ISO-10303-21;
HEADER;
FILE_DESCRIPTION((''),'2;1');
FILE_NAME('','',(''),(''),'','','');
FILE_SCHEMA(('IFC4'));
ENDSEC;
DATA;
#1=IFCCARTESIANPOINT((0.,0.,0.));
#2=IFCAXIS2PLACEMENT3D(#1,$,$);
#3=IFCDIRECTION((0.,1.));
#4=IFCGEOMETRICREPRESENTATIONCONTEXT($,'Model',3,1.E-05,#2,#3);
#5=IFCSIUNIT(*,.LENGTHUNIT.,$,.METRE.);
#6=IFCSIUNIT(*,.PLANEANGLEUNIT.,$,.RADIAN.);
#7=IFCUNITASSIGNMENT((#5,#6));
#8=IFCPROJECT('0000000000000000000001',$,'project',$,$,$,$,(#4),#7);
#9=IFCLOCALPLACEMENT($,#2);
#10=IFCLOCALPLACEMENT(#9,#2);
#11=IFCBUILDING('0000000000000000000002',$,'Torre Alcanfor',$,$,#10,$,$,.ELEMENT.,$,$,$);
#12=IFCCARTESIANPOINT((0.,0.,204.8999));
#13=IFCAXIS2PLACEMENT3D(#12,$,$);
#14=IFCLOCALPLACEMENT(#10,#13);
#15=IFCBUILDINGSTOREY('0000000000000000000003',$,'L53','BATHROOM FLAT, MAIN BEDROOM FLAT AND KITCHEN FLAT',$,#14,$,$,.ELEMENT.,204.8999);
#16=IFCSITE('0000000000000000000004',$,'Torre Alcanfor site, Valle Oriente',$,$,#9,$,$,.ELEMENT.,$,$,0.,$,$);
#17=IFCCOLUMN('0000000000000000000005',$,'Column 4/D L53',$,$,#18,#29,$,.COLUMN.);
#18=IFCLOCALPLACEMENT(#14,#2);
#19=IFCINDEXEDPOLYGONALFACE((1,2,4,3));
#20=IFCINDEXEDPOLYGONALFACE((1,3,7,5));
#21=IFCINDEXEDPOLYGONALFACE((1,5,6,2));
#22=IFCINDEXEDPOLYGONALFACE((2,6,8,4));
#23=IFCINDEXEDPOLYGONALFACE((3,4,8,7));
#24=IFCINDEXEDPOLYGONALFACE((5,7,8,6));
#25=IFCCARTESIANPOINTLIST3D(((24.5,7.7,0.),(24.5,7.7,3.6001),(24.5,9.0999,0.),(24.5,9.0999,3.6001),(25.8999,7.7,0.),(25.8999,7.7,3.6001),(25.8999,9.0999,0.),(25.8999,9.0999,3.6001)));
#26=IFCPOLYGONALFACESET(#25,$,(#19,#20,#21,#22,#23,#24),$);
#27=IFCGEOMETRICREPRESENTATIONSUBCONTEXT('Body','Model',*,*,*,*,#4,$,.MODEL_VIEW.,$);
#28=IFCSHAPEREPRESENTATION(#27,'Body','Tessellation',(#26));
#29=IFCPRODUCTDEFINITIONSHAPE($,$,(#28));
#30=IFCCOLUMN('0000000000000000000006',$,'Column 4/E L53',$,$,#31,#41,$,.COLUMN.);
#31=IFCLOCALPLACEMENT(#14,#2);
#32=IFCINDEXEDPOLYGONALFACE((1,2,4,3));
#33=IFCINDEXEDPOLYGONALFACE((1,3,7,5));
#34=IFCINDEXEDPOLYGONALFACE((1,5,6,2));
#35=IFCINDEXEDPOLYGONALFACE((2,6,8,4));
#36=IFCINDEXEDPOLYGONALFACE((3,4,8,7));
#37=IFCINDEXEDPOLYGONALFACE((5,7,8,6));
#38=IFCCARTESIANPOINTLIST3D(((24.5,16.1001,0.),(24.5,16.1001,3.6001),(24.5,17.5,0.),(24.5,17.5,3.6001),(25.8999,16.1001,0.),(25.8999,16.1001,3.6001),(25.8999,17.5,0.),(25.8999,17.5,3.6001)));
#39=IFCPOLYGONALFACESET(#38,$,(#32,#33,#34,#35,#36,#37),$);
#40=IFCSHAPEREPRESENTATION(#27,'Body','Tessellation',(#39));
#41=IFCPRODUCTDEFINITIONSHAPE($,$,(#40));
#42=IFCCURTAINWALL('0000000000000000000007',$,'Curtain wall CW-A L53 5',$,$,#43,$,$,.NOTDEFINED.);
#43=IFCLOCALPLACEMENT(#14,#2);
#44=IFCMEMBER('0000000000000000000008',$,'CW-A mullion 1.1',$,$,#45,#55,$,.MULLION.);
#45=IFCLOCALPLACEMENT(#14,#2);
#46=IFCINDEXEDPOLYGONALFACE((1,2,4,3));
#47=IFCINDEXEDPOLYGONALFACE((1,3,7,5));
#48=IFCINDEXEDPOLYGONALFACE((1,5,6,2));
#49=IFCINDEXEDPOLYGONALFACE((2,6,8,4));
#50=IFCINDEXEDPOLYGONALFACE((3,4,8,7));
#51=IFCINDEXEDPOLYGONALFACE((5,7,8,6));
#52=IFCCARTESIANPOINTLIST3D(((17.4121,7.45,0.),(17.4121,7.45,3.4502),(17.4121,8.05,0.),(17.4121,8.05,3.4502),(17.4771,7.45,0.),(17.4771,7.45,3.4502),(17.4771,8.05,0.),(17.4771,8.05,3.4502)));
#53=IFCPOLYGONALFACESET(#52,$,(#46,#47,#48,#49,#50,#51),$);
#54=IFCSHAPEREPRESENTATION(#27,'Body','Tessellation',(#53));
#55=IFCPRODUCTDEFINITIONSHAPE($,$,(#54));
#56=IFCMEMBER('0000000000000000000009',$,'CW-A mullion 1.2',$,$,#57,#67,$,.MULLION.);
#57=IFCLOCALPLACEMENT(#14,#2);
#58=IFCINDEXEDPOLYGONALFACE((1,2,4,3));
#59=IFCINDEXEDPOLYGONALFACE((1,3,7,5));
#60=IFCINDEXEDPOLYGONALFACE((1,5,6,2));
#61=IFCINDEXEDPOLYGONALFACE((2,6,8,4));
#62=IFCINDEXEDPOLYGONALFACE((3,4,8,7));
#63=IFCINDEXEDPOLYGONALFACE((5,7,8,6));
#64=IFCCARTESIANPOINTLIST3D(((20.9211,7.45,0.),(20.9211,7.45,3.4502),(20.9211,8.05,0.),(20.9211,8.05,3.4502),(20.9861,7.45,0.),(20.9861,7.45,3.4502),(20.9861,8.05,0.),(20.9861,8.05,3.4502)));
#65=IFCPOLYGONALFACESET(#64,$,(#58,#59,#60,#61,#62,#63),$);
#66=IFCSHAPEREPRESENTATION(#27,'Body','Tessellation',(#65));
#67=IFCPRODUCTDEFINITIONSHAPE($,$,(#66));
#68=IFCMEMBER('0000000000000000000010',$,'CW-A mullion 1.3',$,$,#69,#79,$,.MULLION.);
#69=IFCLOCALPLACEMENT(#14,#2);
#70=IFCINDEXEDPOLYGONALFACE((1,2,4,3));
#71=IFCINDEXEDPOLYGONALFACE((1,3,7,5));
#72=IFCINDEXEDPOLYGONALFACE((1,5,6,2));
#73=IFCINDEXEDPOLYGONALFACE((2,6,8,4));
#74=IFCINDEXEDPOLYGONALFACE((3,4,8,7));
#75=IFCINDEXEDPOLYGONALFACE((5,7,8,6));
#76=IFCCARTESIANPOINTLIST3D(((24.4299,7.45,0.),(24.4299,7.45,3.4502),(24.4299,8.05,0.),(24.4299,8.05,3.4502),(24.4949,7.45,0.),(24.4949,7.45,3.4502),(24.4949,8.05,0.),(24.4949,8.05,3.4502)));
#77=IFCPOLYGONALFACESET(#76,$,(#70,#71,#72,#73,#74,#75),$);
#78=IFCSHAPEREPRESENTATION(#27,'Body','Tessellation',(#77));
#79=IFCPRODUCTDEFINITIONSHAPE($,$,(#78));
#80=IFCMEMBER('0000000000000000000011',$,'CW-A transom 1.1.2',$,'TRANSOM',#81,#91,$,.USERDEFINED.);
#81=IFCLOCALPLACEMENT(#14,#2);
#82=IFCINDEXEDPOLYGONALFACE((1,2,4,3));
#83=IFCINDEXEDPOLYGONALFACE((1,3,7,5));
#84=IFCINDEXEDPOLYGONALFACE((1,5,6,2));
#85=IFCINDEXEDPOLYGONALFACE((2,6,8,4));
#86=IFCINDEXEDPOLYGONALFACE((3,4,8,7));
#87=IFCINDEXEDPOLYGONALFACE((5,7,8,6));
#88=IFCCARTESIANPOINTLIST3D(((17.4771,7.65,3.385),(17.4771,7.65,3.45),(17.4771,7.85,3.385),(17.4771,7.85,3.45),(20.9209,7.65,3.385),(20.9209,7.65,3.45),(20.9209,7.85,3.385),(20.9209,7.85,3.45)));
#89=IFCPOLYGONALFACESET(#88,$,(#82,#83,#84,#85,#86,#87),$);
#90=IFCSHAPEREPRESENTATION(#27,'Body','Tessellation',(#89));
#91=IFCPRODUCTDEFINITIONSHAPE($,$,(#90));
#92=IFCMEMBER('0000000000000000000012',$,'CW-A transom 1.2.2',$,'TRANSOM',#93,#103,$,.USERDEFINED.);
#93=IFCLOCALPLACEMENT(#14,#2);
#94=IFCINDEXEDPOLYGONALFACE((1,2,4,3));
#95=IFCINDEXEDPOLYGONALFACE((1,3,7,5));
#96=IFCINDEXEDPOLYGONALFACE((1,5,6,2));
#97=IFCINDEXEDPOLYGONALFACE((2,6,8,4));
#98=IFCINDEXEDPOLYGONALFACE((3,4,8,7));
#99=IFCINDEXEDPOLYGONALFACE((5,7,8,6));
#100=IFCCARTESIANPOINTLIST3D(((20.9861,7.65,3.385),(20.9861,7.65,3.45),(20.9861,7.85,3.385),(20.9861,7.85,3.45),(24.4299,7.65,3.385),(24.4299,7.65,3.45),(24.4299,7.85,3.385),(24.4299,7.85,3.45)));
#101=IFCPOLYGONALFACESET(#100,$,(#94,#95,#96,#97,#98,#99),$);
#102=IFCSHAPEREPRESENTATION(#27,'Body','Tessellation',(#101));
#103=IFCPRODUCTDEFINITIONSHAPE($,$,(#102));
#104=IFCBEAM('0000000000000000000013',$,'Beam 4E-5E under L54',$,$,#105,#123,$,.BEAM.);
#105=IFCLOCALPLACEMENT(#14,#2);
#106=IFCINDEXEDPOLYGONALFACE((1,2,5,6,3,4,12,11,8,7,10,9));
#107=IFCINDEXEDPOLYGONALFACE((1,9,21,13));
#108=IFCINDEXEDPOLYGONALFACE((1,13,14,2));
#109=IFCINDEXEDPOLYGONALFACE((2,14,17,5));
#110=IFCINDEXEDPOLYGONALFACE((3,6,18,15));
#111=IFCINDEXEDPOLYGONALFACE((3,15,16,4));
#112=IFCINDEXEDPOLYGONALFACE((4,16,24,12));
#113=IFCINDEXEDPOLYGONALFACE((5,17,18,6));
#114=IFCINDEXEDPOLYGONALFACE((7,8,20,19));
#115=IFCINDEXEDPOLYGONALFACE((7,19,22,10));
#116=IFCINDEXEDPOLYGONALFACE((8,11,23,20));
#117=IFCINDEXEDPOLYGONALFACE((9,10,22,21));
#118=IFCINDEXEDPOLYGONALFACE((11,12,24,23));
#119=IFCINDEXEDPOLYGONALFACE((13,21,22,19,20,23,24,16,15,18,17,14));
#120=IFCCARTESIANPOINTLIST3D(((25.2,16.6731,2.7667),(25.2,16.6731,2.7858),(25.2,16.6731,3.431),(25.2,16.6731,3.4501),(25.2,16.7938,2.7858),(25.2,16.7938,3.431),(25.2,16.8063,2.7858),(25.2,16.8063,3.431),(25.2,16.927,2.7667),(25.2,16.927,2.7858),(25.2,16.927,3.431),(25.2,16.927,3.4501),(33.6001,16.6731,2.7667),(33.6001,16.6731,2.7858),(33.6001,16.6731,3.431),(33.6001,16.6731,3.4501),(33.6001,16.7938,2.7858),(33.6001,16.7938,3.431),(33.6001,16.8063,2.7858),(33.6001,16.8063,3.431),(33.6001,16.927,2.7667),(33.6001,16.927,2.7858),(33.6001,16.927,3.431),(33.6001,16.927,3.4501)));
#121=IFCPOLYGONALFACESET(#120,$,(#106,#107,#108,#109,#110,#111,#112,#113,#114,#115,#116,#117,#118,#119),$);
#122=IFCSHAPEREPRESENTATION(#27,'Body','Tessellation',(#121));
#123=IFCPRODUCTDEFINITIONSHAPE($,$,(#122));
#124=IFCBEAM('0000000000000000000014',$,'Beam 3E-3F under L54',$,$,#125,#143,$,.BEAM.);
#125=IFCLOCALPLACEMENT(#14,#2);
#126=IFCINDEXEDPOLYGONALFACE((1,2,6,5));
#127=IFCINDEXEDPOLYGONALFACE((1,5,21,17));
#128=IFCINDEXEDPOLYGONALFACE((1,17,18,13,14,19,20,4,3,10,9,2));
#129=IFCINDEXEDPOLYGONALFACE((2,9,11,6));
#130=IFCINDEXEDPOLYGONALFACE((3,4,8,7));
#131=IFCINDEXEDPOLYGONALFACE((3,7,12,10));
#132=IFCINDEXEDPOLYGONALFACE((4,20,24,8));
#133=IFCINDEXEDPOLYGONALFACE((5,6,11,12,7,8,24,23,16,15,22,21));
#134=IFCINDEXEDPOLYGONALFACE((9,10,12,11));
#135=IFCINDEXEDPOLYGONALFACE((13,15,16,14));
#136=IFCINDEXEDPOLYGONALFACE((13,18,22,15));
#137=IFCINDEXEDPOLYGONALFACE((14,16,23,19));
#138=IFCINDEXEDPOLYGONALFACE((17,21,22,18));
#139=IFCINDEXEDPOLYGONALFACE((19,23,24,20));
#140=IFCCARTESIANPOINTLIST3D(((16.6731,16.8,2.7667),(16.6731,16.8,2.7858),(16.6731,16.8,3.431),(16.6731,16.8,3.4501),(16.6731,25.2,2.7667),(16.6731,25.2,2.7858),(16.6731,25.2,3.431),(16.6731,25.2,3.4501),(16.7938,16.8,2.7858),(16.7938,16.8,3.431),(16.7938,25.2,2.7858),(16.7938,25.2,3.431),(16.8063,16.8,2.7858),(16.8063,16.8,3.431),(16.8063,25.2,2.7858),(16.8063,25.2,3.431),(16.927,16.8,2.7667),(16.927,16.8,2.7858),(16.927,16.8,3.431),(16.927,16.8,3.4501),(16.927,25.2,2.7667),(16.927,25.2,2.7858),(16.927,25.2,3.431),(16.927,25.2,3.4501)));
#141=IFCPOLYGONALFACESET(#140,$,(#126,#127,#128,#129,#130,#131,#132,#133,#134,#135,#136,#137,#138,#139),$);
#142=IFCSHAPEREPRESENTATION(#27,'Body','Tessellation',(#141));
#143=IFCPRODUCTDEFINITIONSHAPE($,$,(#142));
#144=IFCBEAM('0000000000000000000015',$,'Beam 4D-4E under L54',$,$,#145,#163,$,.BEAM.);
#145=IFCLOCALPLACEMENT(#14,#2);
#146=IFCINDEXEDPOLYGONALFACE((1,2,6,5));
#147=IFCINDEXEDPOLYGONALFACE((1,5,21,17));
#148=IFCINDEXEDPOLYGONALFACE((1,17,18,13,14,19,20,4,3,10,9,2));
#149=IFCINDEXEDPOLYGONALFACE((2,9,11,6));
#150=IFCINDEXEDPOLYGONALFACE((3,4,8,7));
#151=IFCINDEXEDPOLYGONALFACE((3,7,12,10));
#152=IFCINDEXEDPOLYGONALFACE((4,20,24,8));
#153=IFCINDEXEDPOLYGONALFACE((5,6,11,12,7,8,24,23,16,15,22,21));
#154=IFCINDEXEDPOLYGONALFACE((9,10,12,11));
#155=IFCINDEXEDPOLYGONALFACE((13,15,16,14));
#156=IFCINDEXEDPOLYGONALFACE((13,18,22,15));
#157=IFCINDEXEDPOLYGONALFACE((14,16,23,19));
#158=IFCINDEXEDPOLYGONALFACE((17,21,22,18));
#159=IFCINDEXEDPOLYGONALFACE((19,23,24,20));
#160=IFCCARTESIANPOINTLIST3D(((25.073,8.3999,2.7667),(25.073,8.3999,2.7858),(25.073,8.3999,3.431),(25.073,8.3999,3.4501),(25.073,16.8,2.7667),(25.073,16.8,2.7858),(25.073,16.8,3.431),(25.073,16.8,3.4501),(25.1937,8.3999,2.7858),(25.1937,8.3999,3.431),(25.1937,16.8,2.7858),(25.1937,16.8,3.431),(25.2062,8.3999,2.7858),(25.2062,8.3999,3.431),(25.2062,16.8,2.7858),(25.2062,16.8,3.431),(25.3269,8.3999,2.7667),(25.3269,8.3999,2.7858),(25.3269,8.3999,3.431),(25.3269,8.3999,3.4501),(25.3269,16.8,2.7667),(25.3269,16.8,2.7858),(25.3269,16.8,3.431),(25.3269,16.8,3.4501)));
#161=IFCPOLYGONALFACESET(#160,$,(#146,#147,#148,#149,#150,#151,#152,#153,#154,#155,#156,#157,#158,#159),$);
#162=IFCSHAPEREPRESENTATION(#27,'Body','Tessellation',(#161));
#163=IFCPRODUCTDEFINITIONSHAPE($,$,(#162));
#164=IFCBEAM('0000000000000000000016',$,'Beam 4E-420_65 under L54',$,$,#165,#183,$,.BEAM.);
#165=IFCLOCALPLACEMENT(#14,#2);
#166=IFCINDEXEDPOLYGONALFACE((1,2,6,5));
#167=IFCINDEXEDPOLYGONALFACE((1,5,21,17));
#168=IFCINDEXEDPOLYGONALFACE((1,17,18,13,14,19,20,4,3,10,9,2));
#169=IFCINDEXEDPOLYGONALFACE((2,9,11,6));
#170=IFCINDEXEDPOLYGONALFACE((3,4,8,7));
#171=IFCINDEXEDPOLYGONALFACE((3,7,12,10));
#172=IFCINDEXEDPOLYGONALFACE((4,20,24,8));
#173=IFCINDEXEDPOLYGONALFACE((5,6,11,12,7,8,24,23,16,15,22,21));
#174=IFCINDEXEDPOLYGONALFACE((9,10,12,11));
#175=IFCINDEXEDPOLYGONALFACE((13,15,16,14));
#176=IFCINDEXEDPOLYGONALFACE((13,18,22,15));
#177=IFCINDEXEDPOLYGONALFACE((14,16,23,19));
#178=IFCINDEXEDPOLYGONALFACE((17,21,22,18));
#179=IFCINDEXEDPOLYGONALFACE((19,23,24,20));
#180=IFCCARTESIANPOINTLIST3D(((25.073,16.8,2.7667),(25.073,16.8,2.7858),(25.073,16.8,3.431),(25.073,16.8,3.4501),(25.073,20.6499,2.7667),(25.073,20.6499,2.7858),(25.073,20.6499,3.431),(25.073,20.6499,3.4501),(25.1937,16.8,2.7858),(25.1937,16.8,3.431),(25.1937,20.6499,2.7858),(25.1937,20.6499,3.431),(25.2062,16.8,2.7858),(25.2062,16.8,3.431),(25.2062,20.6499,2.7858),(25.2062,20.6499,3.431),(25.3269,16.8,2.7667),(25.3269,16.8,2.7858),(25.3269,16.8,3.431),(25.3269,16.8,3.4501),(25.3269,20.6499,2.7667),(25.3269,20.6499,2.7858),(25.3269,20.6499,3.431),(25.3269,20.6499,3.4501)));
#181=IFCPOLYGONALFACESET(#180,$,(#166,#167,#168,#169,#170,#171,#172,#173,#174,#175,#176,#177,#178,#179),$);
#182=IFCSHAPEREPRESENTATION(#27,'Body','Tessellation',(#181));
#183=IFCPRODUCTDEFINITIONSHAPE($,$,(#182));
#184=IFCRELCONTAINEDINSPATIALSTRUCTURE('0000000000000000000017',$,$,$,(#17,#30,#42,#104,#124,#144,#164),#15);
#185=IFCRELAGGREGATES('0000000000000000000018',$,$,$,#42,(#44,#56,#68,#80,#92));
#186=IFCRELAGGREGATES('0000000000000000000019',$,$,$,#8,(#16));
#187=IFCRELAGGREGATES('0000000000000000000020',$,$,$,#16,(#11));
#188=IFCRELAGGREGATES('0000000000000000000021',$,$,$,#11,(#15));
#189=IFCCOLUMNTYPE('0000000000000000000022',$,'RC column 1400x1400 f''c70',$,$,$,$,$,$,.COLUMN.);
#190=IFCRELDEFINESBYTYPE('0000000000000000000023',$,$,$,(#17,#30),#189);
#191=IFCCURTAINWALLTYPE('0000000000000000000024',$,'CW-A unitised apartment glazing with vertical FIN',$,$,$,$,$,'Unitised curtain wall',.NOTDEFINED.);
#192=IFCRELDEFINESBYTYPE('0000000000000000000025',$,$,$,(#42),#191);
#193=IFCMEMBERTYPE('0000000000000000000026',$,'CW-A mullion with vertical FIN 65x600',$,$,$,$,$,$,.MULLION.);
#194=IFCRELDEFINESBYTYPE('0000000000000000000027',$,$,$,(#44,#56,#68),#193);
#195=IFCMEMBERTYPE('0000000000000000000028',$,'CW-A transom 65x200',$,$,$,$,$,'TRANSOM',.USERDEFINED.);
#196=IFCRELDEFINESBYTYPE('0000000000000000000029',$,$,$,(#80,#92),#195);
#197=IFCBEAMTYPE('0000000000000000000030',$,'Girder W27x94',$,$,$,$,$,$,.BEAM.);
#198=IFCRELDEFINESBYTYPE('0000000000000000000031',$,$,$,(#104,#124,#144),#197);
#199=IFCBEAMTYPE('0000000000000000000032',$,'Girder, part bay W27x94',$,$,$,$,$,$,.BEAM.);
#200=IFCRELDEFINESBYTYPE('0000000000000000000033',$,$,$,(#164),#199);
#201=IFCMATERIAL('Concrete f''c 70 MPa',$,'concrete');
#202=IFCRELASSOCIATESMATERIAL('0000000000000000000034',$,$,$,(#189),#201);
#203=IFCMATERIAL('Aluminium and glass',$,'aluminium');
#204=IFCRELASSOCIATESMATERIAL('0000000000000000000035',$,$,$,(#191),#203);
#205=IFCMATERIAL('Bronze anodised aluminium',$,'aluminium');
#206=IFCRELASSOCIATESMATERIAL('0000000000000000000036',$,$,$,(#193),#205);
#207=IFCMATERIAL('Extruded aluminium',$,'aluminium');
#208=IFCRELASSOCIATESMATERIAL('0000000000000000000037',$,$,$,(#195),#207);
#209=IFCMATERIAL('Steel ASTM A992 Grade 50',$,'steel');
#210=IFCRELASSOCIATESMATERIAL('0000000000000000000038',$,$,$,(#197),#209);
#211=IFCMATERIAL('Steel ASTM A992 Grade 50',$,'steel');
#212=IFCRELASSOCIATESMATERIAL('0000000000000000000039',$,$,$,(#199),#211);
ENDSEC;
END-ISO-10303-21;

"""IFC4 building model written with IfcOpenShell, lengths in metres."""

from ifc_helpers import new_model, si_unit, direction, frame, origin, origin_2d, place, context, subcontext, project, spatial, rectangle, i_section, extrude, material, material_profile, profile_set, type_object, element, aggregate, save


model = new_model("IFC4")

# Units and contexts
model_context = context("Model", 3, precision=1e-05, world=origin(), true_north=direction((0.0, 1.0)))
body_context = subcontext(model_context, "Body", "Model", "MODEL_VIEW")
ifc_project = project(units=[si_unit("LENGTHUNIT", "METRE"), si_unit("PLANEANGLEUNIT", "RADIAN")], contexts=[model_context])

# Site, building, storey
site_placement = place(None, origin())
site = spatial("IfcSite", under=ifc_project, at=site_placement, Name="Torre Alcanfor site, Valle Oriente", CompositionType="ELEMENT", RefElevation=0.0)
building_placement = place(site_placement, origin())
building = spatial("IfcBuilding", under=site, at=building_placement, Name="Torre Alcanfor", CompositionType="ELEMENT")
storey_placement = place(building_placement, frame((0.0, 0.0, 204.8999)))
storey = spatial("IfcBuildingStorey", under=building, at=storey_placement, Name="L53", Description="BATHROOM FLAT, MAIN BEDROOM FLAT AND KITCHEN FLAT", CompositionType="ELEMENT", Elevation=204.8999)

# Columns
ifc_material_1 = material(Name="Concrete f'c 70 MPa", Category="concrete")
ifc_material_profile_1 = material_profile(ifc_material_1, rectangle(XDim=1.3999, YDim=1.3999, at=origin_2d()), Name="1400x1400")
ifc_profile_set_1 = profile_set([ifc_material_profile_1], Name="Concrete f'c 70 MPa")
column_type = type_object("IfcColumnType", Name="RC column 1400x1400 f'c70", PredefinedType="COLUMN", material=ifc_profile_set_1)
for number, where, z_axis, x_axis, name in (
    (1, (25.2, 8.3999, 0.0), (0.0, 0.0, 1.0), (1.0, 0.0, 0.0), "Column 4/D L53"),
    (2, (25.2, 16.8, 0.0), (0.0, 0.0, 1.0), (1.0, 0.0, 0.0), "Column 4/E L53"),
):
    element("IfcColumn", number, at=place(storey_placement, frame(where, z_axis=z_axis, x_axis=x_axis)), inside=storey, type_object=column_type, Name=name, PredefinedType="COLUMN", context=body_context, shape_type="SweptSolid", body=[
        extrude(rectangle(XDim=1.3999, YDim=1.3999, at=origin_2d()), origin(), (0.0, 0.0, 1.0), 3.6001),
    ])

# Curtain wall, members
ifc_material_2 = material(Name="Aluminium and glass", Category="aluminium")
curtain_wall_type = type_object("IfcCurtainWallType", Name="CW-A unitised apartment glazing with vertical FIN", ElementType="Unitised curtain wall", PredefinedType="NOTDEFINED", material=ifc_material_2)
curtain_wall_placement = place(storey_placement, origin())
curtain_wall = element("IfcCurtainWall", 3, at=curtain_wall_placement, inside=storey, type_object=curtain_wall_type, Name="Curtain wall CW-A L53 5", PredefinedType="NOTDEFINED")
ifc_material_3 = material(Name="Bronze anodised aluminium", Category="aluminium")
ifc_material_profile_2 = material_profile(ifc_material_3, rectangle(XDim=0.6001, YDim=0.0649, at=origin_2d()), Name="CW-A mullion 65x600")
ifc_profile_set_2 = profile_set([ifc_material_profile_2], Name="Bronze anodised aluminium")
member_type_1 = type_object("IfcMemberType", Name="CW-A mullion with vertical FIN 65x600", PredefinedType="MULLION", material=ifc_profile_set_2)
member_1_placement = place(storey_placement, frame((17.4446, 7.75, 0.0), z_axis=(0.0, 0.0, 1.0), x_axis=(0.0, 1.0, 0.0)))
member_1 = element("IfcMember", 4, at=member_1_placement, type_object=member_type_1, Name="CW-A mullion 1.1", PredefinedType="MULLION", context=body_context, shape_type="SweptSolid", body=[
    extrude(rectangle(XDim=0.6001, YDim=0.0649, at=origin_2d()), origin(), (0.0, 0.0, 1.0), 3.4502),
])
member_2_placement = place(storey_placement, frame((20.9536, 7.75, 0.0), z_axis=(0.0, 0.0, 1.0), x_axis=(0.0, 1.0, 0.0)))
member_2 = element("IfcMember", 5, at=member_2_placement, type_object=member_type_1, Name="CW-A mullion 1.2", PredefinedType="MULLION", context=body_context, shape_type="SweptSolid", body=[
    extrude(rectangle(XDim=0.6001, YDim=0.0649, at=origin_2d()), origin(), (0.0, 0.0, 1.0), 3.4502),
])
member_3_placement = place(storey_placement, frame((24.4624, 7.75, 0.0), z_axis=(0.0, 0.0, 1.0), x_axis=(0.0, 1.0, 0.0)))
member_3 = element("IfcMember", 6, at=member_3_placement, type_object=member_type_1, Name="CW-A mullion 1.3", PredefinedType="MULLION", context=body_context, shape_type="SweptSolid", body=[
    extrude(rectangle(XDim=0.6001, YDim=0.0649, at=origin_2d()), origin(), (0.0, 0.0, 1.0), 3.4502),
])
ifc_material_4 = material(Name="Extruded aluminium", Category="aluminium")
ifc_material_profile_3 = material_profile(ifc_material_4, rectangle(XDim=0.2, YDim=0.0649, at=origin_2d()), Name="CW-A transom 200x65")
ifc_profile_set_3 = profile_set([ifc_material_profile_3], Name="Extruded aluminium")
member_type_2 = type_object("IfcMemberType", Name="CW-A transom 65x200", ElementType="TRANSOM", PredefinedType="USERDEFINED", material=ifc_profile_set_3)
member_4_placement = place(storey_placement, frame((17.4771, 7.75, 3.4175), z_axis=(1.0, 0.0, 0.0), x_axis=(0.0, 1.0, 0.0)))
member_4 = element("IfcMember", 7, at=member_4_placement, type_object=member_type_2, Name="CW-A transom 1.1.2", ObjectType="TRANSOM", PredefinedType="USERDEFINED", context=body_context, shape_type="SweptSolid", body=[
    extrude(rectangle(XDim=0.2, YDim=0.0649, at=origin_2d()), origin(), (0.0, 0.0, 1.0), 3.4438),
])
member_5_placement = place(storey_placement, frame((20.9861, 7.75, 3.4175), z_axis=(1.0, 0.0, 0.0), x_axis=(0.0, 1.0, 0.0)))
member_5 = element("IfcMember", 8, at=member_5_placement, type_object=member_type_2, Name="CW-A transom 1.2.2", ObjectType="TRANSOM", PredefinedType="USERDEFINED", context=body_context, shape_type="SweptSolid", body=[
    extrude(rectangle(XDim=0.2, YDim=0.0649, at=origin_2d()), origin(), (0.0, 0.0, 1.0), 3.4438),
])

# Beams
ifc_material_5 = material(Name="Steel ASTM A992 Grade 50", Category="steel")
ifc_material_profile_4 = material_profile(ifc_material_5, i_section(OverallWidth=0.2539, OverallDepth=0.6833, WebThickness=0.0125, FlangeThickness=0.019, at=origin_2d()), Name="W27x94")
ifc_profile_set_4 = profile_set([ifc_material_profile_4], Name="Steel ASTM A992 Grade 50")
beam_type_1 = type_object("IfcBeamType", Name="Girder W27x94", PredefinedType="BEAM", material=ifc_profile_set_4)
beam_1_placement = place(storey_placement, frame((25.2, 16.8, 3.1084), z_axis=(1.0, 0.0, 0.0), x_axis=(0.0, 1.0, 0.0)))
element("IfcBeam", 9, at=beam_1_placement, inside=storey, type_object=beam_type_1, Name="Beam 4E-5E under L54", PredefinedType="BEAM", context=body_context, shape_type="SweptSolid", body=[
    extrude(i_section(OverallWidth=0.2539, OverallDepth=0.6833, WebThickness=0.0125, FlangeThickness=0.019, at=origin_2d()), origin(), (0.0, 0.0, 1.0), 8.4001),
])
beam_2_placement = place(storey_placement, frame((16.8, 16.8, 3.1084), z_axis=(0.0, 1.0, 0.0), x_axis=(-1.0, 0.0, 0.0)))
element("IfcBeam", 10, at=beam_2_placement, inside=storey, type_object=beam_type_1, Name="Beam 3E-3F under L54", PredefinedType="BEAM", context=body_context, shape_type="SweptSolid", body=[
    extrude(i_section(OverallWidth=0.2539, OverallDepth=0.6833, WebThickness=0.0125, FlangeThickness=0.019, at=origin_2d()), origin(), (0.0, 0.0, 1.0), 8.3999),
])
beam_3_placement = place(storey_placement, frame((25.2, 8.3999, 3.1084), z_axis=(0.0, 1.0, 0.0), x_axis=(-1.0, 0.0, 0.0)))
element("IfcBeam", 11, at=beam_3_placement, inside=storey, type_object=beam_type_1, Name="Beam 4D-4E under L54", PredefinedType="BEAM", context=body_context, shape_type="SweptSolid", body=[
    extrude(i_section(OverallWidth=0.2539, OverallDepth=0.6833, WebThickness=0.0125, FlangeThickness=0.019, at=origin_2d()), origin(), (0.0, 0.0, 1.0), 8.4001),
])
ifc_material_6 = material(Name="Steel ASTM A992 Grade 50", Category="steel")
ifc_material_profile_5 = material_profile(ifc_material_6, i_section(OverallWidth=0.2539, OverallDepth=0.6833, WebThickness=0.0125, FlangeThickness=0.019, at=origin_2d()), Name="W27x94")
ifc_profile_set_5 = profile_set([ifc_material_profile_5], Name="Steel ASTM A992 Grade 50")
beam_type_2 = type_object("IfcBeamType", Name="Girder, part bay W27x94", PredefinedType="BEAM", material=ifc_profile_set_5)
beam_4_placement = place(storey_placement, frame((25.2, 16.8, 3.1084), z_axis=(0.0, 1.0, 0.0), x_axis=(-1.0, 0.0, 0.0)))
element("IfcBeam", 12, at=beam_4_placement, inside=storey, type_object=beam_type_2, Name="Beam 4E-420_65 under L54", PredefinedType="BEAM", context=body_context, shape_type="SweptSolid", body=[
    extrude(i_section(OverallWidth=0.2539, OverallDepth=0.6833, WebThickness=0.0125, FlangeThickness=0.019, at=origin_2d()), origin(), (0.0, 0.0, 1.0), 3.8499),
])

aggregate(curtain_wall, [member_1, member_2, member_3, member_4, member_5])

save(model, "model.ifc")
